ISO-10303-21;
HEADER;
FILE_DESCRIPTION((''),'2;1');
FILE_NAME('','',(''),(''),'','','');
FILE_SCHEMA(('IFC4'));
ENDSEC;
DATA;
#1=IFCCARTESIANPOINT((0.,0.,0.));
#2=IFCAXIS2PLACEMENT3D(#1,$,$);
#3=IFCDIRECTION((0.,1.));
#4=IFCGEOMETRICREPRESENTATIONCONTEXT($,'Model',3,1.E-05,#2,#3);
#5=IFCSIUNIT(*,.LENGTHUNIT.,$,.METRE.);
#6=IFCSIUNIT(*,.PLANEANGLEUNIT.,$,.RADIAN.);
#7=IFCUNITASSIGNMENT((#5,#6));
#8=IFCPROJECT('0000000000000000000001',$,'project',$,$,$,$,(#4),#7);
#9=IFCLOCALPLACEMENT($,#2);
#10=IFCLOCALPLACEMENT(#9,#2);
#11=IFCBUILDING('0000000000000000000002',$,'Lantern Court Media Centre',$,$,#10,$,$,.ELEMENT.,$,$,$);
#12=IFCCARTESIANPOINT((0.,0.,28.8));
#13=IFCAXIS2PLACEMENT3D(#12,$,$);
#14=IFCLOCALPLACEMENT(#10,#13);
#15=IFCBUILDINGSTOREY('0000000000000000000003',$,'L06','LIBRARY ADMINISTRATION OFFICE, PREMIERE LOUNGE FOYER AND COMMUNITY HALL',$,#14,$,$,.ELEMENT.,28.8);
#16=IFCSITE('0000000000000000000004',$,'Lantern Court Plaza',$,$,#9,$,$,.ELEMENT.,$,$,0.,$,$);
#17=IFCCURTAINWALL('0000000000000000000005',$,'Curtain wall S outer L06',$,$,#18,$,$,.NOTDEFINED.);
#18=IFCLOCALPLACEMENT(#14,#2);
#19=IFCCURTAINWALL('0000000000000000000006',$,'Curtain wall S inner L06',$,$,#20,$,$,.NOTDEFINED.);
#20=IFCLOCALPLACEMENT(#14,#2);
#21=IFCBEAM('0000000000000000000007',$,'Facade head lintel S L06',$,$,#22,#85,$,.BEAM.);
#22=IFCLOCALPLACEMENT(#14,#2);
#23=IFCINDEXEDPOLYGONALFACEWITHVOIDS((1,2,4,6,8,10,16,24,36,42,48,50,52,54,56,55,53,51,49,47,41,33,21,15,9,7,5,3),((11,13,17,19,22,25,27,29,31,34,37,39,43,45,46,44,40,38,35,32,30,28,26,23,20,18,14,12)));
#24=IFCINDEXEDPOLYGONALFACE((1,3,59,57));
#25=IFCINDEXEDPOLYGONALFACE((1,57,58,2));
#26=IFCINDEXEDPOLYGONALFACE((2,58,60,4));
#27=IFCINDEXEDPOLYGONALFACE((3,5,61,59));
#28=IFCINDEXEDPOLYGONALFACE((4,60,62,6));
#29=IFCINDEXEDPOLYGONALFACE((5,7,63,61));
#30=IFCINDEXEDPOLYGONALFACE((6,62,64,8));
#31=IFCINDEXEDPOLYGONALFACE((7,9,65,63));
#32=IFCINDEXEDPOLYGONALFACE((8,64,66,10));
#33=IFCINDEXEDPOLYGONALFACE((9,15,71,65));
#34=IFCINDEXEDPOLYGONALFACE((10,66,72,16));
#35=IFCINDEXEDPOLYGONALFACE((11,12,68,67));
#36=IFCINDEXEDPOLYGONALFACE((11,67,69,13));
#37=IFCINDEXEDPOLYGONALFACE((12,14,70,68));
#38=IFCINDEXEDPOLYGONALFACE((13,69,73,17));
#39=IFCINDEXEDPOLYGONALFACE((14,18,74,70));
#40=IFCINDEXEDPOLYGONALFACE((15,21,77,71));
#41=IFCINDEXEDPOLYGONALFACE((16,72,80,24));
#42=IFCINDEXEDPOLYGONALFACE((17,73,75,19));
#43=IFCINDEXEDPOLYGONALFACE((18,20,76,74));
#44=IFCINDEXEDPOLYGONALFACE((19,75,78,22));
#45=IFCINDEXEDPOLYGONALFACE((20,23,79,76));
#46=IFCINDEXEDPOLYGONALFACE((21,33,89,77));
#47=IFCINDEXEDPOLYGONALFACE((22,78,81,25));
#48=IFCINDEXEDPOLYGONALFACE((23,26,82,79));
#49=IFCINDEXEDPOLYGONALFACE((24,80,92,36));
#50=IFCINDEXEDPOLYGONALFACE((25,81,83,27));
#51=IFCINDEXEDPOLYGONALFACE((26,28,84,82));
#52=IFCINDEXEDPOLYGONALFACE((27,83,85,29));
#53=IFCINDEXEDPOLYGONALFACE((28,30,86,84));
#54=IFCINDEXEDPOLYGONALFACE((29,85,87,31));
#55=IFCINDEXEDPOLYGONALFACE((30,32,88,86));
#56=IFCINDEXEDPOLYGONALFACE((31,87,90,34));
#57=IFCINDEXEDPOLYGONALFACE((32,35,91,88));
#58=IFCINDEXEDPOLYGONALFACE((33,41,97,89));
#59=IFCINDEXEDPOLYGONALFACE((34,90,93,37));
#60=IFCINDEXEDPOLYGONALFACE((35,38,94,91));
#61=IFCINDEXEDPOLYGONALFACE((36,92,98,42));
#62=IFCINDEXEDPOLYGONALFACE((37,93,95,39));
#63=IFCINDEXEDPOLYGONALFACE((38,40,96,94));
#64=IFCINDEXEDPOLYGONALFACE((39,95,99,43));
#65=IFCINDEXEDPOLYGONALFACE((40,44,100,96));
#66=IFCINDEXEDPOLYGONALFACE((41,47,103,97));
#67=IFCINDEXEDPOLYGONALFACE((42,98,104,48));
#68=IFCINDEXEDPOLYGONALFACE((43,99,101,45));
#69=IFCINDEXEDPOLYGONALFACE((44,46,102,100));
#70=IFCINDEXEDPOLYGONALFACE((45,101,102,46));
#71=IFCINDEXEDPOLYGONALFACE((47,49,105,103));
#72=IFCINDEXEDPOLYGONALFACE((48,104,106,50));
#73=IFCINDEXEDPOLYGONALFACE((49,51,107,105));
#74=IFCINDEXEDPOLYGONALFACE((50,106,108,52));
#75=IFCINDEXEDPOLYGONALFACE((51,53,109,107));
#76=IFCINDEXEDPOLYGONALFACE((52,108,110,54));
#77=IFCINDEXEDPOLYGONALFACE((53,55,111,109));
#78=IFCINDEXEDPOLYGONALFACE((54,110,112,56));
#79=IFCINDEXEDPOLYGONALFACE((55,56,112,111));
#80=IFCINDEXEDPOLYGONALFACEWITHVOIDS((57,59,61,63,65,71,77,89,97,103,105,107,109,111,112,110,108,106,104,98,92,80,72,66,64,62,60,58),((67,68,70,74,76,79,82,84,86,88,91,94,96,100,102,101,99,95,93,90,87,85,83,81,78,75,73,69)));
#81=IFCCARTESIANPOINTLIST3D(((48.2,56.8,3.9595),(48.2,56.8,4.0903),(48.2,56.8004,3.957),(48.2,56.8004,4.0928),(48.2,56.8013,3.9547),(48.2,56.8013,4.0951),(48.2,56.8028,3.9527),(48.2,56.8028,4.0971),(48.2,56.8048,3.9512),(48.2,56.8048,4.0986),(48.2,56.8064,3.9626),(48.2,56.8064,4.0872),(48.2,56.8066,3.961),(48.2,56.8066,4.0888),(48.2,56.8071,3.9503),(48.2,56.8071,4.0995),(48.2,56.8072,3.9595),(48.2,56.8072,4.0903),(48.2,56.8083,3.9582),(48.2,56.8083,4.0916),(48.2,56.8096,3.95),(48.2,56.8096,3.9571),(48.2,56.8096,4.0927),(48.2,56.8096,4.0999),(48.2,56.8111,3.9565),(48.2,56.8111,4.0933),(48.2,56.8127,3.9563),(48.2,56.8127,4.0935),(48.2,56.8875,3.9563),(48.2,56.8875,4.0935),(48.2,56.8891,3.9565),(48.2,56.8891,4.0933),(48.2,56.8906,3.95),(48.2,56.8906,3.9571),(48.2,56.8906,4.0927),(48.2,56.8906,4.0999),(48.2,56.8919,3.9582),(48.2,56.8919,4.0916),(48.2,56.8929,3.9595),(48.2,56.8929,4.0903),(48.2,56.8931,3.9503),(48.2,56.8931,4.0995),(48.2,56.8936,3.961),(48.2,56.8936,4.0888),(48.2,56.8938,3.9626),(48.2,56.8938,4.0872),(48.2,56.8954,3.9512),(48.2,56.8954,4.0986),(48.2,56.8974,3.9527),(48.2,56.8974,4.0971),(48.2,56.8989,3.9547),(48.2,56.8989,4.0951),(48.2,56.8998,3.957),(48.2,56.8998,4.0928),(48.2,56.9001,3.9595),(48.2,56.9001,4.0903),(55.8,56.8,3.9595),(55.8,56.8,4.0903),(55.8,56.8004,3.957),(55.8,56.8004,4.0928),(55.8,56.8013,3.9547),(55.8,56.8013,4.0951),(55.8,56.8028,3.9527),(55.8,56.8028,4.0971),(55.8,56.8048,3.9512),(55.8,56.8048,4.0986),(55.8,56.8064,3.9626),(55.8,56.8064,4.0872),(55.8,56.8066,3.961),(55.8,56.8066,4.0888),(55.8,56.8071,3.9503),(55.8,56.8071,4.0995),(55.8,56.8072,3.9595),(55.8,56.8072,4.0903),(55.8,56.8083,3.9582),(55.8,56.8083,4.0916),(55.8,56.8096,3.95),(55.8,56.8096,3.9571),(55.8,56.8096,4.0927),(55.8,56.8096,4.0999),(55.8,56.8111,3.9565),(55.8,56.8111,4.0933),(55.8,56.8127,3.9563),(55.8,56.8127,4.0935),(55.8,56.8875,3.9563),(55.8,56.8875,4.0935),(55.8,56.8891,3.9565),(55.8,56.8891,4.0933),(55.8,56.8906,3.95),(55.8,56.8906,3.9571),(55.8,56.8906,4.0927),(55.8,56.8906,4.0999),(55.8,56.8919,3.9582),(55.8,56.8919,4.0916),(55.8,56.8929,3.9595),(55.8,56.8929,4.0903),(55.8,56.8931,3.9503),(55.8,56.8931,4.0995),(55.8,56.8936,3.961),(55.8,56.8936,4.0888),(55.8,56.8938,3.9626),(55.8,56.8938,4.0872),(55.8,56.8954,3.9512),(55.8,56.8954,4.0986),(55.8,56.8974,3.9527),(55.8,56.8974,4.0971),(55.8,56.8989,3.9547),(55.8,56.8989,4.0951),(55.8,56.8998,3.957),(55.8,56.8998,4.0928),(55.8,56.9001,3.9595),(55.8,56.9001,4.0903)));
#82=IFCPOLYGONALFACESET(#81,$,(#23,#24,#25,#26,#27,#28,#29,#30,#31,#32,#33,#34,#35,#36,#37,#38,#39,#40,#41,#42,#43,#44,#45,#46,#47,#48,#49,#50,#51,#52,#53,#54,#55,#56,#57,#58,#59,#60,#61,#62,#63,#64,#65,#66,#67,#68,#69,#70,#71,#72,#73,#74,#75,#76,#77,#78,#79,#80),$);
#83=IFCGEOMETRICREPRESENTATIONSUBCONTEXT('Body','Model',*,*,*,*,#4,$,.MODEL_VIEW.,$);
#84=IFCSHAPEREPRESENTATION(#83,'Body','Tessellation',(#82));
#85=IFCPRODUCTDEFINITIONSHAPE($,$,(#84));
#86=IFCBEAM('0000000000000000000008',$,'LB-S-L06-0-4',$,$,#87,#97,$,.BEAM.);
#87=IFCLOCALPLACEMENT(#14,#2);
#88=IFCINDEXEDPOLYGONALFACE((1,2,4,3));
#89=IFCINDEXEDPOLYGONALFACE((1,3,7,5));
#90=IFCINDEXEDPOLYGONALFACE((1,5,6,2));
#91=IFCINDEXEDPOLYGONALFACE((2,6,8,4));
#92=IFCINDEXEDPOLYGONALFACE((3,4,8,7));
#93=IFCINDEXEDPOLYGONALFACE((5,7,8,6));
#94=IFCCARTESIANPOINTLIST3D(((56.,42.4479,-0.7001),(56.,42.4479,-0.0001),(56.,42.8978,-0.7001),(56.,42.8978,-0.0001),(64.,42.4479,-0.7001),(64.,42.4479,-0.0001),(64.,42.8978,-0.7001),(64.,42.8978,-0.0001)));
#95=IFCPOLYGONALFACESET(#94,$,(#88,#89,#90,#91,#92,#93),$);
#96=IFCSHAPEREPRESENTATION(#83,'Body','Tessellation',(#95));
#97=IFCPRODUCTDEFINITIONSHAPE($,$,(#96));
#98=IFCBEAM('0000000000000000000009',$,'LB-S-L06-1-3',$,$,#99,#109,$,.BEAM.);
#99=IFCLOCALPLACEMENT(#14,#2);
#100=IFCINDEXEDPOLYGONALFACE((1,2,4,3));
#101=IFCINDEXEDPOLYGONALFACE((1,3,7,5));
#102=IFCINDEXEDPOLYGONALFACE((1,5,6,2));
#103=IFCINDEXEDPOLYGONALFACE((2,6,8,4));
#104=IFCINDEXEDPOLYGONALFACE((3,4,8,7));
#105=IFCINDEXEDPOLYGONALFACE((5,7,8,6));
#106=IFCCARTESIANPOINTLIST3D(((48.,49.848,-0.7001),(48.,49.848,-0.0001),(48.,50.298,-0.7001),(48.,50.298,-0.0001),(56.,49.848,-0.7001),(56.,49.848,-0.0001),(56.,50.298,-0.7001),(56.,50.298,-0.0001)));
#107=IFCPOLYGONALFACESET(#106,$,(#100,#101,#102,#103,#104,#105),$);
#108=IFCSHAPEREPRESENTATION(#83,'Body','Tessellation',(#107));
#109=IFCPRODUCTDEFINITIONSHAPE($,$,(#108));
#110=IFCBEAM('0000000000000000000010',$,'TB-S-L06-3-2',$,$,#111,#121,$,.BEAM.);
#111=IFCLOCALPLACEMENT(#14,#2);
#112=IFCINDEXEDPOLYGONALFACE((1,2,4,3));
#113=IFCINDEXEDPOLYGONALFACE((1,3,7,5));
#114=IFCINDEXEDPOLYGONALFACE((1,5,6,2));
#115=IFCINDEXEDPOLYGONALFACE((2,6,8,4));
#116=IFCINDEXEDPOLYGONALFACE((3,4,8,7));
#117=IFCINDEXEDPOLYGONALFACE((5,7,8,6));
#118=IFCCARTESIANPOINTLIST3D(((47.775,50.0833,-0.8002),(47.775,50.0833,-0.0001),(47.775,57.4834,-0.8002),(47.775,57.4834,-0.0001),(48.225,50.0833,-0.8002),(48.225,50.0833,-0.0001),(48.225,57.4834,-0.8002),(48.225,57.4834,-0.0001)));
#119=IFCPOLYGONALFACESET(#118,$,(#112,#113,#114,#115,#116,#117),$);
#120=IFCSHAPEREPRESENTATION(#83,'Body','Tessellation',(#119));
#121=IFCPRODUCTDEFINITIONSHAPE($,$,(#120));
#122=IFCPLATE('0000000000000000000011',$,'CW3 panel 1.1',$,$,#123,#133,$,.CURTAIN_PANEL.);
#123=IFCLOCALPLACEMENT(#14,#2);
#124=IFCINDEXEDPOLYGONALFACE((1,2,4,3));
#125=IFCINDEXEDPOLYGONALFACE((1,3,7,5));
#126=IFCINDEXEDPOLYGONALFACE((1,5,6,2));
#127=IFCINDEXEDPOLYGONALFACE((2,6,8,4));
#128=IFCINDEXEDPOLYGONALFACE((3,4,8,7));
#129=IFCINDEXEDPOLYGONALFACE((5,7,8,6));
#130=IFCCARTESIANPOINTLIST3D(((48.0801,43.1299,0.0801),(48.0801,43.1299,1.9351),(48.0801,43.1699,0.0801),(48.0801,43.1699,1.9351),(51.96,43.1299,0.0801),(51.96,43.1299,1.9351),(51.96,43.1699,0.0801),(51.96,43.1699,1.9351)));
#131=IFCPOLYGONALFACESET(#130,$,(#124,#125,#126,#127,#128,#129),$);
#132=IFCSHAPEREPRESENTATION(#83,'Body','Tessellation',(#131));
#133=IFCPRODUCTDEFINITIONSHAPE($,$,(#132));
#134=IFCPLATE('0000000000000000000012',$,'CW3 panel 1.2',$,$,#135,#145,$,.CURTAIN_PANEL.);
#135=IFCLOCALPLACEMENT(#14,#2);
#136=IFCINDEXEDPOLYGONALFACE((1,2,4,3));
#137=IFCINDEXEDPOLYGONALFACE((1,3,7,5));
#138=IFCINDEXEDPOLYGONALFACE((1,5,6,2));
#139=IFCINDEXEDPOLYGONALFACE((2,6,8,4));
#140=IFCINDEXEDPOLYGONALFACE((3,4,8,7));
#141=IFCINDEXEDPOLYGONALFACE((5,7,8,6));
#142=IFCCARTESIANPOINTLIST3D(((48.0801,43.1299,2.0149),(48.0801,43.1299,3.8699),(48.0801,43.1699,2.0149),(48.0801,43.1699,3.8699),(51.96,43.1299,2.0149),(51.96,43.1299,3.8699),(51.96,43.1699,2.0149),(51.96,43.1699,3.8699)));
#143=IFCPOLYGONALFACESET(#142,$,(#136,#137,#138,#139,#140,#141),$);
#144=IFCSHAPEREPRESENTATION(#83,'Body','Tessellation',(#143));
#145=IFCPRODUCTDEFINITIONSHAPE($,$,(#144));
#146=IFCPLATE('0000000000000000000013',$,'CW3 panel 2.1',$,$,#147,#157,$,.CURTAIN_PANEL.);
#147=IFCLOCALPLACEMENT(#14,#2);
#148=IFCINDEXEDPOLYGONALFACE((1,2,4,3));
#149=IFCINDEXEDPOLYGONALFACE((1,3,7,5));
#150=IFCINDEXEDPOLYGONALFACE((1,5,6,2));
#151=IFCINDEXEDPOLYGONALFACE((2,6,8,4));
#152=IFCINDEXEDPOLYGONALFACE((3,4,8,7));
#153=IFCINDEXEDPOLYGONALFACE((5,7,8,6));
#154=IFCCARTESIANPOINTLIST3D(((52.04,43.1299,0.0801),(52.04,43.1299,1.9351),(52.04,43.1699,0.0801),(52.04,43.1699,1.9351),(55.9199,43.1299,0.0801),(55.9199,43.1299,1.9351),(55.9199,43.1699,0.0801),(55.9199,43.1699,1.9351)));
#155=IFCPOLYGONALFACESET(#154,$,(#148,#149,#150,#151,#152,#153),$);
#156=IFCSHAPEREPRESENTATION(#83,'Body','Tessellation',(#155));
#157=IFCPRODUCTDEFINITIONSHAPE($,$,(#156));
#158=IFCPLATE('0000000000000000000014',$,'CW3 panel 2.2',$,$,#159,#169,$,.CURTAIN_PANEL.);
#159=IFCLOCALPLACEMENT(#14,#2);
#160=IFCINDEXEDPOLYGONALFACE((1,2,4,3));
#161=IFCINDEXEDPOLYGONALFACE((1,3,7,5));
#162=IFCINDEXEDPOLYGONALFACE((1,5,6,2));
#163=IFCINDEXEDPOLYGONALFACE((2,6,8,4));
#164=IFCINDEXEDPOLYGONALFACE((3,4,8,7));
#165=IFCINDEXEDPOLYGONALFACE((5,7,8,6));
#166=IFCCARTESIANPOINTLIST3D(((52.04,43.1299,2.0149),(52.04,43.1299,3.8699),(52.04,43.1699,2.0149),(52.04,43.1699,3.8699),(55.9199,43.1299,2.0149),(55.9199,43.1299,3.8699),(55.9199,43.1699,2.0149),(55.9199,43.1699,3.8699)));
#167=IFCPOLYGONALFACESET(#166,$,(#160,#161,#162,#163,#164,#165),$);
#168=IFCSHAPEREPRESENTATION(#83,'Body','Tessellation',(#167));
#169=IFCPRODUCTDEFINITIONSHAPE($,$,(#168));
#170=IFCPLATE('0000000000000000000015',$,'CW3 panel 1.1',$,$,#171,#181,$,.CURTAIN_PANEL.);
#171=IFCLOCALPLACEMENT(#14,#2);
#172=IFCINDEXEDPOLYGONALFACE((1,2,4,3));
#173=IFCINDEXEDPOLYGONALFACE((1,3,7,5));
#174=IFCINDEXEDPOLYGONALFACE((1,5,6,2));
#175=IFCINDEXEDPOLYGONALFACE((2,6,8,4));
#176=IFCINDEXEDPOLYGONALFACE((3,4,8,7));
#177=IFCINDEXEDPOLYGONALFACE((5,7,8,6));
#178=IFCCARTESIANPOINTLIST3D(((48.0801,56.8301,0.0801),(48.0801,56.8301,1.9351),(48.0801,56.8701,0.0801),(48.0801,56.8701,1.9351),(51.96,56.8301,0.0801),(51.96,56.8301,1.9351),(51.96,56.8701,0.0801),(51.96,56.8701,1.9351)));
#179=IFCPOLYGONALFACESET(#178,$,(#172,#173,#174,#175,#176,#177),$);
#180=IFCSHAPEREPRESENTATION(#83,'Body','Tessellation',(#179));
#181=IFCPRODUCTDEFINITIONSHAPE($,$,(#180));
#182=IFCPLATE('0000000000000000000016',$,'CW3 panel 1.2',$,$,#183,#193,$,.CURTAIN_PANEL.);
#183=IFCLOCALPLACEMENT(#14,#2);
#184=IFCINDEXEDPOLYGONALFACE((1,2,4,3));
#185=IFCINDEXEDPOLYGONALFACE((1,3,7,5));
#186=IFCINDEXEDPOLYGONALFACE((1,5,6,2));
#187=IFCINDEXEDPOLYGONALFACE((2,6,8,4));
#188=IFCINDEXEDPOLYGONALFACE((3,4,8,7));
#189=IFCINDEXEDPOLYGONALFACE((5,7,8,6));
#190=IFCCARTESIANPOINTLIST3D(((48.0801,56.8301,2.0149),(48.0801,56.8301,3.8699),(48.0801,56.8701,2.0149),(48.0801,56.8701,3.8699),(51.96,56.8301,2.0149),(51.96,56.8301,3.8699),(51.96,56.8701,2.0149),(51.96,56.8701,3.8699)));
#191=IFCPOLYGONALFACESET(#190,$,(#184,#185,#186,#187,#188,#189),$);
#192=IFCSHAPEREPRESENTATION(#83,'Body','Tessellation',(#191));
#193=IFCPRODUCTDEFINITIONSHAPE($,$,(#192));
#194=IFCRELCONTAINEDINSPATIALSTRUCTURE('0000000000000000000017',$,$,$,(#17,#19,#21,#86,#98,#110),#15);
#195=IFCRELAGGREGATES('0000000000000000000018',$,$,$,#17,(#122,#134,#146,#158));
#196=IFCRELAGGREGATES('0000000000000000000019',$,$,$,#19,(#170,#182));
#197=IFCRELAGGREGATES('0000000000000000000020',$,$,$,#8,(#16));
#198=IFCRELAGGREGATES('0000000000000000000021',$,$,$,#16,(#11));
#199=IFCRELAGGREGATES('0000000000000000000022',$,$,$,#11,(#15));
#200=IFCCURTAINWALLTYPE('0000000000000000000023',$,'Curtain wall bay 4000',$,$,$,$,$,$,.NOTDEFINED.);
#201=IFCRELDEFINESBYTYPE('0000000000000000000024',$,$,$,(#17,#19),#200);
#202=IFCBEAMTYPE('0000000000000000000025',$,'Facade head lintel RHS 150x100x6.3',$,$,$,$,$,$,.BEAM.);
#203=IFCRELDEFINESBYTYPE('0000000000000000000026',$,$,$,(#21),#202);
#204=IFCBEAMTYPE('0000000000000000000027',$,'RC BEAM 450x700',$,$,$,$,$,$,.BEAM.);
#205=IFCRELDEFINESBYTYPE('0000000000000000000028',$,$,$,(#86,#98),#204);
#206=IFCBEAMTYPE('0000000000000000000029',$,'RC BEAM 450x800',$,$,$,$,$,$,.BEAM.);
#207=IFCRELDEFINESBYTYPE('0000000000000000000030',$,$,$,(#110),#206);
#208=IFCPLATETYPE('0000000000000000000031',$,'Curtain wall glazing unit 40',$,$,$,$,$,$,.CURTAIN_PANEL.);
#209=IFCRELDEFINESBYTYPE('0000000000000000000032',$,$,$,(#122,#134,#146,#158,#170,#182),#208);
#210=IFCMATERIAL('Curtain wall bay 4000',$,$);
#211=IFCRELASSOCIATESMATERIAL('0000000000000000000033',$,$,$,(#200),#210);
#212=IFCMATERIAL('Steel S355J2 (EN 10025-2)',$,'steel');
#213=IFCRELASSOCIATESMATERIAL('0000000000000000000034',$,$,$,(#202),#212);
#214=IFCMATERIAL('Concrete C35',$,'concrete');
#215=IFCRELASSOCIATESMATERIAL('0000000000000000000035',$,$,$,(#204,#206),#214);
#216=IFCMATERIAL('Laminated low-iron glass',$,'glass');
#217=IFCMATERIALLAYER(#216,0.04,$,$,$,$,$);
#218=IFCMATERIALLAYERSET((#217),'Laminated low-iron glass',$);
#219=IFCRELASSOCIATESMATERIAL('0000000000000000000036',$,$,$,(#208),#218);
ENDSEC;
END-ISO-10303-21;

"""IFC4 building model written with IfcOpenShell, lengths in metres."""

from ifc_helpers import new_model, si_unit, direction, frame, origin, origin_2d, place, context, subcontext, project, spatial, rectangle, hollow_rectangle, extrude, material, layer, layer_set, material_profile, profile_set, type_object, element, aggregate, save


model = new_model("IFC4")

# Units and contexts
model_context = context("Model", 3, precision=1e-05, world=origin(), true_north=direction((0.0, 1.0)))
body_context = subcontext(model_context, "Body", "Model", "MODEL_VIEW")
ifc_project = project(units=[si_unit("LENGTHUNIT", "METRE"), si_unit("PLANEANGLEUNIT", "RADIAN")], contexts=[model_context])

# Site, building, storey
site_placement = place(None, origin())
site = spatial("IfcSite", under=ifc_project, at=site_placement, Name="Lantern Court Plaza", CompositionType="ELEMENT", RefElevation=0.0)
building_placement = place(site_placement, origin())
building = spatial("IfcBuilding", under=site, at=building_placement, Name="Lantern Court Media Centre", CompositionType="ELEMENT")
storey_placement = place(building_placement, frame((0.0, 0.0, 28.8)))
storey = spatial("IfcBuildingStorey", under=building, at=storey_placement, Name="L06", Description="LIBRARY ADMINISTRATION OFFICE, PREMIERE LOUNGE FOYER AND COMMUNITY HALL", CompositionType="ELEMENT", Elevation=28.8)

# Shared definitions
ifc_material_1 = material(Name="Concrete C35", Category="concrete")

# Curtain walls
ifc_material_2 = material(Name="Curtain wall bay 4000")
curtain_wall_type = type_object("IfcCurtainWallType", Name="Curtain wall bay 4000", PredefinedType="NOTDEFINED", material=ifc_material_2)
curtain_wall_1_placement = place(storey_placement, origin())
curtain_wall_1 = element("IfcCurtainWall", 1, at=curtain_wall_1_placement, inside=storey, type_object=curtain_wall_type, Name="Curtain wall S outer L06", PredefinedType="NOTDEFINED")
curtain_wall_2_placement = place(storey_placement, origin())
curtain_wall_2 = element("IfcCurtainWall", 2, at=curtain_wall_2_placement, inside=storey, type_object=curtain_wall_type, Name="Curtain wall S inner L06", PredefinedType="NOTDEFINED")

# Beams
ifc_material_3 = material(Name="Steel S355J2 (EN 10025-2)", Category="steel")
ifc_material_profile_1 = material_profile(ifc_material_3, hollow_rectangle(XDim=0.1001, YDim=0.1499, WallThickness=0.0063, InnerFilletRadius=0.0063, OuterFilletRadius=0.0095, at=origin_2d()), Name="Facade head lintel RHS 150x100x6.3")
ifc_profile_set_1 = profile_set([ifc_material_profile_1], Name="Steel S355J2 (EN 10025-2)")
beam_type_1 = type_object("IfcBeamType", Name="Facade head lintel RHS 150x100x6.3", PredefinedType="BEAM", material=ifc_profile_set_1)
for number, where, z_axis, x_axis, name in (
    (3, (48.2, 56.8501, 4.0249), (1.0, 0.0, 0.0), (0.0, 1.0, 0.0), "Facade head lintel S L06"),
):
    element("IfcBeam", number, at=place(storey_placement, frame(where, z_axis=z_axis, x_axis=x_axis)), inside=storey, type_object=beam_type_1, Name=name, PredefinedType="BEAM", context=body_context, shape_type="SweptSolid", body=[
        extrude(hollow_rectangle(XDim=0.1001, YDim=0.1499, WallThickness=0.0063, InnerFilletRadius=0.0063, OuterFilletRadius=0.0095, at=origin_2d()), origin(), (0.0, 0.0, 1.0), 7.6001),
    ])
ifc_material_profile_2 = material_profile(ifc_material_1, rectangle(XDim=0.45, YDim=0.7, at=origin_2d()), Name="RC 450x700")
ifc_profile_set_2 = profile_set([ifc_material_profile_2], Name="Concrete C35")
beam_type_2 = type_object("IfcBeamType", Name="RC BEAM 450x700", PredefinedType="BEAM", material=ifc_profile_set_2)
for number, where, z_axis, x_axis, name in (
    (4, (56.0, 42.6729, -0.3501), (1.0, 0.0, 0.0), (0.0, 1.0, 0.0), "LB-S-L06-0-4"),
    (5, (48.0, 50.073, -0.3501), (1.0, 0.0, 0.0), (0.0, 1.0, 0.0), "LB-S-L06-1-3"),
):
    element("IfcBeam", number, at=place(storey_placement, frame(where, z_axis=z_axis, x_axis=x_axis)), inside=storey, type_object=beam_type_2, Name=name, PredefinedType="BEAM", context=body_context, shape_type="SweptSolid", body=[
        extrude(rectangle(XDim=0.45, YDim=0.7, at=origin_2d()), origin(), (0.0, 0.0, 1.0), 8.0),
    ])
ifc_material_profile_3 = material_profile(ifc_material_1, rectangle(XDim=0.45, YDim=0.8, at=origin_2d()), Name="RC 450x800")
ifc_profile_set_3 = profile_set([ifc_material_profile_3], Name="Concrete C35")
beam_type_3 = type_object("IfcBeamType", Name="RC BEAM 450x800", PredefinedType="BEAM", material=ifc_profile_set_3)
beam_placement = place(storey_placement, frame((48.0, 50.0833, -0.4001), z_axis=(0.0, 1.0, 0.0), x_axis=(-1.0, 0.0, 0.0)))
element("IfcBeam", 6, at=beam_placement, inside=storey, type_object=beam_type_3, Name="TB-S-L06-3-2", PredefinedType="BEAM", context=body_context, shape_type="SweptSolid", body=[
    extrude(rectangle(XDim=0.45, YDim=0.8, at=origin_2d()), origin(), (0.0, 0.0, 1.0), 7.4001),
])

# Plates
ifc_material_4 = material(Name="Laminated low-iron glass", Category="glass")
ifc_layer_1 = layer(ifc_material_4, 0.04)
ifc_layer_set_1 = layer_set([ifc_layer_1], Name="Laminated low-iron glass")
plate_type = type_object("IfcPlateType", Name="Curtain wall glazing unit 40", PredefinedType="CURTAIN_PANEL", material=ifc_layer_set_1)
plate_1_placement = place(storey_placement, frame((50.02, 43.1499, 0.0801), z_axis=(0.0, 0.0, 1.0), x_axis=(1.0, 0.0, 0.0)))
plate_1 = element("IfcPlate", 7, at=plate_1_placement, type_object=plate_type, Name="CW3 panel 1.1", PredefinedType="CURTAIN_PANEL", context=body_context, shape_type="SweptSolid", body=[
    extrude(rectangle(XDim=3.8799, YDim=0.04, at=origin_2d()), origin(), (0.0, 0.0, 1.0), 1.855),
])
plate_2_placement = place(storey_placement, frame((50.02, 43.1499, 2.0149), z_axis=(0.0, 0.0, 1.0), x_axis=(1.0, 0.0, 0.0)))
plate_2 = element("IfcPlate", 8, at=plate_2_placement, type_object=plate_type, Name="CW3 panel 1.2", PredefinedType="CURTAIN_PANEL", context=body_context, shape_type="SweptSolid", body=[
    extrude(rectangle(XDim=3.8799, YDim=0.04, at=origin_2d()), origin(), (0.0, 0.0, 1.0), 1.855),
])
plate_3_placement = place(storey_placement, frame((53.98, 43.1499, 0.0801), z_axis=(0.0, 0.0, 1.0), x_axis=(1.0, 0.0, 0.0)))
plate_3 = element("IfcPlate", 9, at=plate_3_placement, type_object=plate_type, Name="CW3 panel 2.1", PredefinedType="CURTAIN_PANEL", context=body_context, shape_type="SweptSolid", body=[
    extrude(rectangle(XDim=3.8799, YDim=0.04, at=origin_2d()), origin(), (0.0, 0.0, 1.0), 1.855),
])
plate_4_placement = place(storey_placement, frame((53.98, 43.1499, 2.0149), z_axis=(0.0, 0.0, 1.0), x_axis=(1.0, 0.0, 0.0)))
plate_4 = element("IfcPlate", 10, at=plate_4_placement, type_object=plate_type, Name="CW3 panel 2.2", PredefinedType="CURTAIN_PANEL", context=body_context, shape_type="SweptSolid", body=[
    extrude(rectangle(XDim=3.8799, YDim=0.04, at=origin_2d()), origin(), (0.0, 0.0, 1.0), 1.855),
])
aggregate(curtain_wall_1, [plate_1, plate_2, plate_3, plate_4])
plate_5_placement = place(storey_placement, frame((50.02, 56.8501, 0.0801), z_axis=(0.0, 0.0, 1.0), x_axis=(1.0, 0.0, 0.0)))
plate_5 = element("IfcPlate", 11, at=plate_5_placement, type_object=plate_type, Name="CW3 panel 1.1", PredefinedType="CURTAIN_PANEL", context=body_context, shape_type="SweptSolid", body=[
    extrude(rectangle(XDim=3.8799, YDim=0.04, at=origin_2d()), origin(), (0.0, 0.0, 1.0), 1.855),
])
plate_6_placement = place(storey_placement, frame((50.02, 56.8501, 2.0149), z_axis=(0.0, 0.0, 1.0), x_axis=(1.0, 0.0, 0.0)))
plate_6 = element("IfcPlate", 12, at=plate_6_placement, type_object=plate_type, Name="CW3 panel 1.2", PredefinedType="CURTAIN_PANEL", context=body_context, shape_type="SweptSolid", body=[
    extrude(rectangle(XDim=3.8799, YDim=0.04, at=origin_2d()), origin(), (0.0, 0.0, 1.0), 1.855),
])
aggregate(curtain_wall_2, [plate_5, plate_6])

save(model, "model.ifc")
